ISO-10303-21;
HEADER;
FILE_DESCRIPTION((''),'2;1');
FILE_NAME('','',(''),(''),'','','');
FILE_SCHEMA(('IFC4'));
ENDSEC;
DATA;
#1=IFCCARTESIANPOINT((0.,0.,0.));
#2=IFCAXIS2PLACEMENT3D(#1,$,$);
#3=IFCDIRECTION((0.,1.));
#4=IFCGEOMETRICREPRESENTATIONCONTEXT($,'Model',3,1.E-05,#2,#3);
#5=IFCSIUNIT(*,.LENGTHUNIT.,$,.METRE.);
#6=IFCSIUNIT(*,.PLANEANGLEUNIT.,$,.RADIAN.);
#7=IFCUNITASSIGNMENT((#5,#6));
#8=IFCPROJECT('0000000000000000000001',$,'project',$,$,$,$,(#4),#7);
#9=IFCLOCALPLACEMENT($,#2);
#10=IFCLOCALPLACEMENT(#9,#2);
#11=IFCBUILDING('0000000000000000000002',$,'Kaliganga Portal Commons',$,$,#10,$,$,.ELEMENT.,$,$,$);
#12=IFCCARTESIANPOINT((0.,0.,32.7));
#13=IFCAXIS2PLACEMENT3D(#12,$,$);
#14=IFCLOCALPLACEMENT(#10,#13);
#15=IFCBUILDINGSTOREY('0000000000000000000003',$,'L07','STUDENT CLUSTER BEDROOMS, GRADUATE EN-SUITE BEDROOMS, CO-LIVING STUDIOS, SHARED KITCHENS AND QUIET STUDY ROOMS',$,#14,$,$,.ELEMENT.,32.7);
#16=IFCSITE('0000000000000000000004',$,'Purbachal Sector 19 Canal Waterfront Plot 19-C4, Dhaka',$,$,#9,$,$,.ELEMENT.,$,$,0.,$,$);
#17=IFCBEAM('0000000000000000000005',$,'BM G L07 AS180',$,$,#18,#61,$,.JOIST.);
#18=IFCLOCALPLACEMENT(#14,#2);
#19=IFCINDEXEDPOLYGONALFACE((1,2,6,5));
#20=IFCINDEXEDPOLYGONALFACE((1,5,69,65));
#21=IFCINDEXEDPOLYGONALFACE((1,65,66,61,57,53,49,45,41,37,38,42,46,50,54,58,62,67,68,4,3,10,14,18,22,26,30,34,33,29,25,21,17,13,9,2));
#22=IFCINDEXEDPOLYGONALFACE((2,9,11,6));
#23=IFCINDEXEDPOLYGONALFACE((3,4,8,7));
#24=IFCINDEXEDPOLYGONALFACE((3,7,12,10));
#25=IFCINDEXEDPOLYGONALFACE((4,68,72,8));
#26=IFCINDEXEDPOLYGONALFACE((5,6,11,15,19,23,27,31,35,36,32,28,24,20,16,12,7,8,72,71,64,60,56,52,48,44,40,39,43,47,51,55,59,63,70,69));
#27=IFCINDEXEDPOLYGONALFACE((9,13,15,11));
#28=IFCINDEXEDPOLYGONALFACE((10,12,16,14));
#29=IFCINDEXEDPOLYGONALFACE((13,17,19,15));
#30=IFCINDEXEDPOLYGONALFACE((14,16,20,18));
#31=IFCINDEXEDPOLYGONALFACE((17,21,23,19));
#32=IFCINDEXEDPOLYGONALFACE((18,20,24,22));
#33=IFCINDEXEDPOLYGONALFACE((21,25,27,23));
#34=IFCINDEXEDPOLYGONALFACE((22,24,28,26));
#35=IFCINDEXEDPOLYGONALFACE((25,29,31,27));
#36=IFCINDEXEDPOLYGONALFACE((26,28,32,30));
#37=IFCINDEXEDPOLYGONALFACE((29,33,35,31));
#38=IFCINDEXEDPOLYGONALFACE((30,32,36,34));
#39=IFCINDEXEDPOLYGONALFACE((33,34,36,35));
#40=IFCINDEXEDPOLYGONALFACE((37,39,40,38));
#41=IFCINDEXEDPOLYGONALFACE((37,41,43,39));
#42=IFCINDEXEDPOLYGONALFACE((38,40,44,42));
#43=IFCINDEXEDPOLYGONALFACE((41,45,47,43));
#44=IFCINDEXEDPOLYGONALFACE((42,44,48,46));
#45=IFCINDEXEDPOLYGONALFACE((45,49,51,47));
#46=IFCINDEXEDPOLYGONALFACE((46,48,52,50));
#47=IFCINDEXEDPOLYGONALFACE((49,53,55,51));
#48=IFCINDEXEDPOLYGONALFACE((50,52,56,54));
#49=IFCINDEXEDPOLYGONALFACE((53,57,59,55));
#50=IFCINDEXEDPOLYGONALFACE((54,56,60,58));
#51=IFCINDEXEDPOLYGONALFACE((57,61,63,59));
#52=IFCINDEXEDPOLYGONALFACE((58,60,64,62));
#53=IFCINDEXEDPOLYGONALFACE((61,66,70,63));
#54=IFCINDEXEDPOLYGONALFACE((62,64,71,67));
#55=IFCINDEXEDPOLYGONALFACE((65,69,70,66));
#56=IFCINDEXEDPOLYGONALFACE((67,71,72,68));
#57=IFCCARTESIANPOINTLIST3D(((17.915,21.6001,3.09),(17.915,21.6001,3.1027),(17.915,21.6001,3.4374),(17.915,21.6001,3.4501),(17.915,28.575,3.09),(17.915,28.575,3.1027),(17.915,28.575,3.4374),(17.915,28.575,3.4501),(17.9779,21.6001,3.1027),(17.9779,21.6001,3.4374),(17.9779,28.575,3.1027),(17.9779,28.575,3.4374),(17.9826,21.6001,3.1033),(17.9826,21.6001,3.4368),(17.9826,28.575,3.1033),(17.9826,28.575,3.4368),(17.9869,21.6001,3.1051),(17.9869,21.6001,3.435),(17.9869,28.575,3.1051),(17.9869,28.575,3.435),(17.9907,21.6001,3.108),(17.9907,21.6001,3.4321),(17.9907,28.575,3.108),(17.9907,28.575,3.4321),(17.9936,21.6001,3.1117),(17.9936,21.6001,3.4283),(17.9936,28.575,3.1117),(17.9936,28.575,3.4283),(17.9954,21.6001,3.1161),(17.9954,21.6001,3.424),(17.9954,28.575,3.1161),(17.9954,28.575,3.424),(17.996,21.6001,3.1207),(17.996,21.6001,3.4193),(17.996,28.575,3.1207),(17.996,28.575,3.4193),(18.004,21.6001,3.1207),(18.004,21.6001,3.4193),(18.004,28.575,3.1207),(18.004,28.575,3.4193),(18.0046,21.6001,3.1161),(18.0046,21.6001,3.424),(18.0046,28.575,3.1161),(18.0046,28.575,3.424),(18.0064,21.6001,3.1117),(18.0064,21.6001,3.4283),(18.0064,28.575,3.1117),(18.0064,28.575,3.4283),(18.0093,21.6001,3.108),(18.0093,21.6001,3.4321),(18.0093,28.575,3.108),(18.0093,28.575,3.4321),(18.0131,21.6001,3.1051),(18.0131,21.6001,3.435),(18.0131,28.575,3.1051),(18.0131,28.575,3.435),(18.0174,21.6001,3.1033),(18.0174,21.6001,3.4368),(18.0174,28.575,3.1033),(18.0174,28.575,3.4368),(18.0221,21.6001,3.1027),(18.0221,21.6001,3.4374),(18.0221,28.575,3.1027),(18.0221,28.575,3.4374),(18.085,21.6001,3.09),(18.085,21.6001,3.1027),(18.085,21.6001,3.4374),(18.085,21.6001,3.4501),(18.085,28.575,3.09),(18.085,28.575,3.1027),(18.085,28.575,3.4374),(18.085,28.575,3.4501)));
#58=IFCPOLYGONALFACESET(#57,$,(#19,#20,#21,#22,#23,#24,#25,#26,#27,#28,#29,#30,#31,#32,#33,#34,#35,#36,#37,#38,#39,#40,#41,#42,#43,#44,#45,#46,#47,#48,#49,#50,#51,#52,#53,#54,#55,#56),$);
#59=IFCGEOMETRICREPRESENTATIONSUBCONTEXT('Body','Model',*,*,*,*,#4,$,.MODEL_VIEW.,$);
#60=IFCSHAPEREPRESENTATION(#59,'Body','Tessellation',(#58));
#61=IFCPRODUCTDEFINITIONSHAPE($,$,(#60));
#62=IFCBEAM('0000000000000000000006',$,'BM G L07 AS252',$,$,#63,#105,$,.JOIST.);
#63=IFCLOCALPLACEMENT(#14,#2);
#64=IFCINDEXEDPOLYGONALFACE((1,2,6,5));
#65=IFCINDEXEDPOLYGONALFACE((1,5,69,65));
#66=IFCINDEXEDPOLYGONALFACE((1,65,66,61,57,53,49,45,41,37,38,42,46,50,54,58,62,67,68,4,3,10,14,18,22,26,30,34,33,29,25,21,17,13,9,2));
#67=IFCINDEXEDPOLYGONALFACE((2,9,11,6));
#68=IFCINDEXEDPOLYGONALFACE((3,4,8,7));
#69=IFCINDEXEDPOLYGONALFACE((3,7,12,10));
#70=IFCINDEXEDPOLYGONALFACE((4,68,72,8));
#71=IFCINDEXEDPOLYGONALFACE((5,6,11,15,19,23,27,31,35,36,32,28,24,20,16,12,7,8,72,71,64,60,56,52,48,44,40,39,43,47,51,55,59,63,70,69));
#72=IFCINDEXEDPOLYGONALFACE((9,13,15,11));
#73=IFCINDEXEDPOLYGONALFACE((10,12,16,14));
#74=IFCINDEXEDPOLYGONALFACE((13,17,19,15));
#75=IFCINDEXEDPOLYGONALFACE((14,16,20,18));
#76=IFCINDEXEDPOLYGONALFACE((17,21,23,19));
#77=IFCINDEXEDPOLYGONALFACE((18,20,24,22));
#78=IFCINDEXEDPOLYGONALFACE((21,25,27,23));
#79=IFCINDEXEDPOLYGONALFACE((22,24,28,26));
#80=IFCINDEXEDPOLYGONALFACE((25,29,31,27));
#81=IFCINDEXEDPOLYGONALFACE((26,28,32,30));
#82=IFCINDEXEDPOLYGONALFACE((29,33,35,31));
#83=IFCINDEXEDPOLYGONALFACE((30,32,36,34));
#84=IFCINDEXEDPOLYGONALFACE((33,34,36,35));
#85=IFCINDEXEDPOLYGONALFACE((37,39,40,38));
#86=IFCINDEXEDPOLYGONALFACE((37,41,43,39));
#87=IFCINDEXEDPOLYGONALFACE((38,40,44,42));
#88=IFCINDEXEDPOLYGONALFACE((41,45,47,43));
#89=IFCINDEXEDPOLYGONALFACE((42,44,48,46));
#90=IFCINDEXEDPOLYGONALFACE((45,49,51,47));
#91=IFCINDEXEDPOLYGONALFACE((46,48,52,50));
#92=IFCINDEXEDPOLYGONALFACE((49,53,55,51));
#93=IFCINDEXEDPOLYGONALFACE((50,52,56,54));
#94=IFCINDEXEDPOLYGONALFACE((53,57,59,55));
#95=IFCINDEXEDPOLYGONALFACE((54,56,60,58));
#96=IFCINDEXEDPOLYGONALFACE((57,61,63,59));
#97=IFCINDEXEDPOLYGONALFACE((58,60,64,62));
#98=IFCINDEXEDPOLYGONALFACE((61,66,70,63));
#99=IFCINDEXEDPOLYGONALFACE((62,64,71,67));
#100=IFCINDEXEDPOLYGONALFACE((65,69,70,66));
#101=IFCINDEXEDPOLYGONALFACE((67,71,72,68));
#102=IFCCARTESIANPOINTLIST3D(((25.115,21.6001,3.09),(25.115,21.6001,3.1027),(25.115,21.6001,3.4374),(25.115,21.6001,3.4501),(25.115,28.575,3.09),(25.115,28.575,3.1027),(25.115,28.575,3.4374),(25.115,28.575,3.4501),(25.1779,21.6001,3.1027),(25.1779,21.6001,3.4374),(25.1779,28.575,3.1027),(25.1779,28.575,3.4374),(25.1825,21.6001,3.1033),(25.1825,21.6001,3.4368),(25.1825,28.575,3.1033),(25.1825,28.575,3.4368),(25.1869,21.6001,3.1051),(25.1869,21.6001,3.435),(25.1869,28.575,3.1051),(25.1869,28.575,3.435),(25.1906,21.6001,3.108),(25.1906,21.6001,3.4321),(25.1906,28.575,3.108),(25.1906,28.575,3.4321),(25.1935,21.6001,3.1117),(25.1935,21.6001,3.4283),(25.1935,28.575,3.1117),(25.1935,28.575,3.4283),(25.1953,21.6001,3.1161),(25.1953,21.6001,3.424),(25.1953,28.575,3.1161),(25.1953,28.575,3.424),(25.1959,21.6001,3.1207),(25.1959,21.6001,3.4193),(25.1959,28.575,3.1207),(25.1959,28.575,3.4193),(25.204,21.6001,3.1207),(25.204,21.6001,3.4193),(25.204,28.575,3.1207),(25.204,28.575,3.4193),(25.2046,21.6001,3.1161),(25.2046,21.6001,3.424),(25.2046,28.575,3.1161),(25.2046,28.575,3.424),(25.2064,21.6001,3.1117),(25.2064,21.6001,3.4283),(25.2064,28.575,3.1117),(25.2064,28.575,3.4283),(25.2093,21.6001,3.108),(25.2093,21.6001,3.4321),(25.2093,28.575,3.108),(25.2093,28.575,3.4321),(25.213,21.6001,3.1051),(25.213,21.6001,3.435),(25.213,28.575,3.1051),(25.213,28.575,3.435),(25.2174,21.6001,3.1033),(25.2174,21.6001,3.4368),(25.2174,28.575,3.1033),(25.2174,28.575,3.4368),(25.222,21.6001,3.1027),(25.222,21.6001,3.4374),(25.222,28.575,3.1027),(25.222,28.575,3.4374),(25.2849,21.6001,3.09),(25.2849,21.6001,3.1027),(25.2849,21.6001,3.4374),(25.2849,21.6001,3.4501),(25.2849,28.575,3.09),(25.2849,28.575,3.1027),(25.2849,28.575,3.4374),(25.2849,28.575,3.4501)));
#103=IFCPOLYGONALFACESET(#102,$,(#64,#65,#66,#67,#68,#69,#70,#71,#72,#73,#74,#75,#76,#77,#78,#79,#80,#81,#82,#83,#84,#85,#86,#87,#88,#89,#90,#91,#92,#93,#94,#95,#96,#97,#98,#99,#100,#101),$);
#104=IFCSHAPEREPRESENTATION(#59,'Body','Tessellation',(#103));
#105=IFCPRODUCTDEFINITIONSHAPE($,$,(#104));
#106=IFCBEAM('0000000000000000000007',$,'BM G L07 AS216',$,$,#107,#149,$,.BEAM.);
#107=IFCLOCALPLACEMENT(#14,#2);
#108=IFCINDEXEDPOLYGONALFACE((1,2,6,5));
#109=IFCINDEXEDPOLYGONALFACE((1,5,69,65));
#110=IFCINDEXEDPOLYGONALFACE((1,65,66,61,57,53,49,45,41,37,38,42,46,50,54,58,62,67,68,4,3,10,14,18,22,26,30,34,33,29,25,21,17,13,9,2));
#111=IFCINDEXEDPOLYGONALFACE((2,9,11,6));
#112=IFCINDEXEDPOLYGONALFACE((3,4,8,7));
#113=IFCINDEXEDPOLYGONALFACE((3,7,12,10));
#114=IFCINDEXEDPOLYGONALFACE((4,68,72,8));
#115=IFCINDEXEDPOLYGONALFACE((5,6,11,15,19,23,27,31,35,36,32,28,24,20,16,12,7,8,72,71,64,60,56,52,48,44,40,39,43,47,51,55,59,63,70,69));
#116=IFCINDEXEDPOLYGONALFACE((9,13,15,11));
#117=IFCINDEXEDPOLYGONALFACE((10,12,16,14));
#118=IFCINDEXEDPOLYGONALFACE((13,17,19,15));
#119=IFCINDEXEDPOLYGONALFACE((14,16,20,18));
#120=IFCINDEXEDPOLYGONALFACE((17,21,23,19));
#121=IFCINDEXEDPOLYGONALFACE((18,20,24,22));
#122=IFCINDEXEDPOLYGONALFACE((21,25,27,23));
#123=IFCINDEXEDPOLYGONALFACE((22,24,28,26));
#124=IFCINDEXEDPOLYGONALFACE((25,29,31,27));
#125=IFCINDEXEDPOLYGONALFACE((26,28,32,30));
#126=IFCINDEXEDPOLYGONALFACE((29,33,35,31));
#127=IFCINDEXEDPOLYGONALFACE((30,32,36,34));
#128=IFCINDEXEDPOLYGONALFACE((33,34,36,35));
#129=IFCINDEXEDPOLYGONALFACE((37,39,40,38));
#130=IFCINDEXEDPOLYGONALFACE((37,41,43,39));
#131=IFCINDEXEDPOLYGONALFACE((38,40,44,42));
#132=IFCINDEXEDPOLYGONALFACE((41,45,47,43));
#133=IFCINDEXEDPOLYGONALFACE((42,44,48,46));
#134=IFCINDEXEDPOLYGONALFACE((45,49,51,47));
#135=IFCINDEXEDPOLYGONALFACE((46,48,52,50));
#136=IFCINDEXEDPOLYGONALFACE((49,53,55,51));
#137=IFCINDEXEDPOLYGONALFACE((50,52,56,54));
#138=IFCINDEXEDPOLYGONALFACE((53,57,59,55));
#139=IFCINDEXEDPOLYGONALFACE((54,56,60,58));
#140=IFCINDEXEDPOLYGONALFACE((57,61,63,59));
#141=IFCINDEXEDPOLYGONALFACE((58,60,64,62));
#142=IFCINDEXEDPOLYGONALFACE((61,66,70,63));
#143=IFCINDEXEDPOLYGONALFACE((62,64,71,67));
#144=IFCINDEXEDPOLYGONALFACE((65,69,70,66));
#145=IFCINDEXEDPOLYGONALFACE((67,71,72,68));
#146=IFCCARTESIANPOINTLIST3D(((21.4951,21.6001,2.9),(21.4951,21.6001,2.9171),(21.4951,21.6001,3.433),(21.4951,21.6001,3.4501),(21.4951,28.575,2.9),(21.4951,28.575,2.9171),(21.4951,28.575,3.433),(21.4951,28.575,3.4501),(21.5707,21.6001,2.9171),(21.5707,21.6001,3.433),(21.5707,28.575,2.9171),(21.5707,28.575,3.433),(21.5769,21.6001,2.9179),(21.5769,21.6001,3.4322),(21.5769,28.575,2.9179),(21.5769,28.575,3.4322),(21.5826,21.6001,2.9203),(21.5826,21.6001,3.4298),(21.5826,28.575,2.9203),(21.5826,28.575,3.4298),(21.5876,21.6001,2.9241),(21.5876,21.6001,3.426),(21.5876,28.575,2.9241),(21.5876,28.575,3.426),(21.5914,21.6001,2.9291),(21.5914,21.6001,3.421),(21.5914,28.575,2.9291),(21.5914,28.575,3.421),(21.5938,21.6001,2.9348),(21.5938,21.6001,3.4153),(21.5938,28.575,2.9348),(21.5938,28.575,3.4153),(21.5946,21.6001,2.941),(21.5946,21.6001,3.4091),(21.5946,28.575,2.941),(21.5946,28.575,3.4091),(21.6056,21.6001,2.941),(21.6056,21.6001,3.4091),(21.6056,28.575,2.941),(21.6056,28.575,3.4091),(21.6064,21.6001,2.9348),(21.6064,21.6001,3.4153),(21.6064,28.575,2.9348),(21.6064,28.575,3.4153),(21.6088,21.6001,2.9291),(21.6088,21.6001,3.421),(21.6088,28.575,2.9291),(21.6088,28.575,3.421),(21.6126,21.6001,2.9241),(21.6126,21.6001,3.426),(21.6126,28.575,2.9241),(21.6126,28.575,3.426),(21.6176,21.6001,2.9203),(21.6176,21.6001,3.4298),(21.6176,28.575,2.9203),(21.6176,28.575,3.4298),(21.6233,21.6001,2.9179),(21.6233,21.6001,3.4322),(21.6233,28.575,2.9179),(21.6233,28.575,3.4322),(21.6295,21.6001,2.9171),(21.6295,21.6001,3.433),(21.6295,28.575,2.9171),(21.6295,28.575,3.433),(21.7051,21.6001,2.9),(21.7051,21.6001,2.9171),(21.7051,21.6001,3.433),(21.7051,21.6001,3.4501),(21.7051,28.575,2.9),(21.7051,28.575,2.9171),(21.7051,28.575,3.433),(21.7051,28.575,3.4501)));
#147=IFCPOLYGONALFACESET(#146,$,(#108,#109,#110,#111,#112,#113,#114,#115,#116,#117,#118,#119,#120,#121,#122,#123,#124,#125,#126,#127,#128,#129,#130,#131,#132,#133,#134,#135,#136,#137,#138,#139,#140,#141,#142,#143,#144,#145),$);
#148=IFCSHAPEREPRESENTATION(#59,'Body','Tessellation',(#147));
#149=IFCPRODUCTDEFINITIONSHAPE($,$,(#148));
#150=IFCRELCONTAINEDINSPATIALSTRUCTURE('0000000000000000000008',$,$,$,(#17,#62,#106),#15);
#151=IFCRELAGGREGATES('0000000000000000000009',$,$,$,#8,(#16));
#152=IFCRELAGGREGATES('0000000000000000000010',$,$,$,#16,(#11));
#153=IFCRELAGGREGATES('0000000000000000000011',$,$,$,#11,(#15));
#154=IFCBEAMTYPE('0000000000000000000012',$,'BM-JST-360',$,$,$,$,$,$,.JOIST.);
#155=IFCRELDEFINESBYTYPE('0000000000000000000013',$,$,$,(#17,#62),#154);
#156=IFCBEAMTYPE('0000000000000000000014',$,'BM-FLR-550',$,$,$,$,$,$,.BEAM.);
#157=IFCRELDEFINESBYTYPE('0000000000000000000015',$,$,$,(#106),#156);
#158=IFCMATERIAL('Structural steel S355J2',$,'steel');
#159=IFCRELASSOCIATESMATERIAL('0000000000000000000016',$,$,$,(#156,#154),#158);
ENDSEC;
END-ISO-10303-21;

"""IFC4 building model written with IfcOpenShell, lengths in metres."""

from ifc_helpers import new_model, si_unit, direction, frame, origin, origin_2d, place, context, subcontext, project, spatial, i_section, extrude, source, transform, mapped, material, material_profile, profile_set, type_object, element, save


model = new_model("IFC4")

# Units and contexts
model_context = context("Model", 3, precision=1e-05, world=origin(), true_north=direction((0.0, 1.0)))
body_context = subcontext(model_context, "Body", "Model", "MODEL_VIEW")
ifc_project = project(units=[si_unit("LENGTHUNIT", "METRE"), si_unit("PLANEANGLEUNIT", "RADIAN")], contexts=[model_context])

# Site, building, storey
site_placement = place(None, origin())
site = spatial("IfcSite", under=ifc_project, at=site_placement, Name="Purbachal Sector 19 Canal Waterfront Plot 19-C4, Dhaka", CompositionType="ELEMENT", RefElevation=0.0)
building_placement = place(site_placement, origin())
building = spatial("IfcBuilding", under=site, at=building_placement, Name="Kaliganga Portal Commons", CompositionType="ELEMENT")
storey_placement = place(building_placement, frame((0.0, 0.0, 32.7)))
storey = spatial("IfcBuildingStorey", under=building, at=storey_placement, Name="L07", Description="STUDENT CLUSTER BEDROOMS, GRADUATE EN-SUITE BEDROOMS, CO-LIVING STUDIOS, SHARED KITCHENS AND QUIET STUDY ROOMS", CompositionType="ELEMENT", Elevation=32.7)

# Beams
ifc_material_1 = material(Name="Structural steel S355J2", Category="steel")
ifc_material_profile_1 = material_profile(ifc_material_1, i_section(OverallWidth=0.21, OverallDepth=0.55, WebThickness=0.011, FlangeThickness=0.0171, FilletRadius=0.0239, at=origin_2d()), Name="IPE 550")
ifc_profile_set_1 = profile_set([ifc_material_profile_1], Name="Structural steel S355J2 wide-flange")
beam_type_1 = type_object("IfcBeamType", Name="BM-FLR-550", PredefinedType="BEAM", material=ifc_profile_set_1)
ifc_material_profile_2 = material_profile(ifc_material_1, i_section(OverallWidth=0.1699, OverallDepth=0.3601, WebThickness=0.0081, FlangeThickness=0.0127, FilletRadius=0.0181, at=origin_2d()), Name="IPE 360")
ifc_profile_set_2 = profile_set([ifc_material_profile_2], Name="Structural steel S355J2 wide-flange")
beam_type_2 = type_object("IfcBeamType", Name="BM-JST-360", PredefinedType="JOIST", material=ifc_profile_set_2)
shared_shape_1 = source(origin(), body_context, "Body", "SweptSolid", [
    extrude(i_section(OverallWidth=0.1699, OverallDepth=0.3601, WebThickness=0.0081, FlangeThickness=0.0127, FilletRadius=0.0181, at=origin_2d()), origin(), (0.0, 0.0, 1.0), 6.9749),
])
for number, where, z_axis, x_axis, name in (
    (1, (18.0, 21.6001, 3.27), (0.0, 1.0, 0.0), (-1.0, 0.0, 0.0), "BM G L07 AS180"),
    (2, (25.2, 21.6001, 3.27), (0.0, 1.0, 0.0), (-1.0, 0.0, 0.0), "BM G L07 AS252"),
):
    element("IfcBeam", number, at=place(storey_placement, frame(where, z_axis=z_axis, x_axis=x_axis)), inside=storey, type_object=beam_type_2, Name=name, PredefinedType="JOIST", context=body_context, shape_type="MappedRepresentation", body=[
        mapped(shared_shape_1, transform((0.0, 0.0, 0.0), x_axis=(1.0, 0.0, 0.0), y_axis=(0.0, 1.0, 0.0), z_axis=(0.0, 0.0, 1.0), scale=1.0)),
    ])
shared_shape_2 = source(origin(), body_context, "Body", "SweptSolid", [
    extrude(i_section(OverallWidth=0.21, OverallDepth=0.55, WebThickness=0.011, FlangeThickness=0.0171, FilletRadius=0.0239, at=origin_2d()), origin(), (0.0, 0.0, 1.0), 6.9749),
])
beam_1_placement = place(storey_placement, frame((21.6001, 21.6001, 3.175), z_axis=(0.0, 1.0, 0.0), x_axis=(-1.0, 0.0, 0.0)))
element("IfcBeam", 3, at=beam_1_placement, inside=storey, type_object=beam_type_1, Name="BM G L07 AS216", PredefinedType="BEAM", context=body_context, shape_type="MappedRepresentation", body=[
    mapped(shared_shape_2, transform((0.0, 0.0, 0.0), x_axis=(1.0, 0.0, 0.0), y_axis=(0.0, 1.0, 0.0), z_axis=(0.0, 0.0, 1.0), scale=1.0)),
])

save(model, "model.ifc")
